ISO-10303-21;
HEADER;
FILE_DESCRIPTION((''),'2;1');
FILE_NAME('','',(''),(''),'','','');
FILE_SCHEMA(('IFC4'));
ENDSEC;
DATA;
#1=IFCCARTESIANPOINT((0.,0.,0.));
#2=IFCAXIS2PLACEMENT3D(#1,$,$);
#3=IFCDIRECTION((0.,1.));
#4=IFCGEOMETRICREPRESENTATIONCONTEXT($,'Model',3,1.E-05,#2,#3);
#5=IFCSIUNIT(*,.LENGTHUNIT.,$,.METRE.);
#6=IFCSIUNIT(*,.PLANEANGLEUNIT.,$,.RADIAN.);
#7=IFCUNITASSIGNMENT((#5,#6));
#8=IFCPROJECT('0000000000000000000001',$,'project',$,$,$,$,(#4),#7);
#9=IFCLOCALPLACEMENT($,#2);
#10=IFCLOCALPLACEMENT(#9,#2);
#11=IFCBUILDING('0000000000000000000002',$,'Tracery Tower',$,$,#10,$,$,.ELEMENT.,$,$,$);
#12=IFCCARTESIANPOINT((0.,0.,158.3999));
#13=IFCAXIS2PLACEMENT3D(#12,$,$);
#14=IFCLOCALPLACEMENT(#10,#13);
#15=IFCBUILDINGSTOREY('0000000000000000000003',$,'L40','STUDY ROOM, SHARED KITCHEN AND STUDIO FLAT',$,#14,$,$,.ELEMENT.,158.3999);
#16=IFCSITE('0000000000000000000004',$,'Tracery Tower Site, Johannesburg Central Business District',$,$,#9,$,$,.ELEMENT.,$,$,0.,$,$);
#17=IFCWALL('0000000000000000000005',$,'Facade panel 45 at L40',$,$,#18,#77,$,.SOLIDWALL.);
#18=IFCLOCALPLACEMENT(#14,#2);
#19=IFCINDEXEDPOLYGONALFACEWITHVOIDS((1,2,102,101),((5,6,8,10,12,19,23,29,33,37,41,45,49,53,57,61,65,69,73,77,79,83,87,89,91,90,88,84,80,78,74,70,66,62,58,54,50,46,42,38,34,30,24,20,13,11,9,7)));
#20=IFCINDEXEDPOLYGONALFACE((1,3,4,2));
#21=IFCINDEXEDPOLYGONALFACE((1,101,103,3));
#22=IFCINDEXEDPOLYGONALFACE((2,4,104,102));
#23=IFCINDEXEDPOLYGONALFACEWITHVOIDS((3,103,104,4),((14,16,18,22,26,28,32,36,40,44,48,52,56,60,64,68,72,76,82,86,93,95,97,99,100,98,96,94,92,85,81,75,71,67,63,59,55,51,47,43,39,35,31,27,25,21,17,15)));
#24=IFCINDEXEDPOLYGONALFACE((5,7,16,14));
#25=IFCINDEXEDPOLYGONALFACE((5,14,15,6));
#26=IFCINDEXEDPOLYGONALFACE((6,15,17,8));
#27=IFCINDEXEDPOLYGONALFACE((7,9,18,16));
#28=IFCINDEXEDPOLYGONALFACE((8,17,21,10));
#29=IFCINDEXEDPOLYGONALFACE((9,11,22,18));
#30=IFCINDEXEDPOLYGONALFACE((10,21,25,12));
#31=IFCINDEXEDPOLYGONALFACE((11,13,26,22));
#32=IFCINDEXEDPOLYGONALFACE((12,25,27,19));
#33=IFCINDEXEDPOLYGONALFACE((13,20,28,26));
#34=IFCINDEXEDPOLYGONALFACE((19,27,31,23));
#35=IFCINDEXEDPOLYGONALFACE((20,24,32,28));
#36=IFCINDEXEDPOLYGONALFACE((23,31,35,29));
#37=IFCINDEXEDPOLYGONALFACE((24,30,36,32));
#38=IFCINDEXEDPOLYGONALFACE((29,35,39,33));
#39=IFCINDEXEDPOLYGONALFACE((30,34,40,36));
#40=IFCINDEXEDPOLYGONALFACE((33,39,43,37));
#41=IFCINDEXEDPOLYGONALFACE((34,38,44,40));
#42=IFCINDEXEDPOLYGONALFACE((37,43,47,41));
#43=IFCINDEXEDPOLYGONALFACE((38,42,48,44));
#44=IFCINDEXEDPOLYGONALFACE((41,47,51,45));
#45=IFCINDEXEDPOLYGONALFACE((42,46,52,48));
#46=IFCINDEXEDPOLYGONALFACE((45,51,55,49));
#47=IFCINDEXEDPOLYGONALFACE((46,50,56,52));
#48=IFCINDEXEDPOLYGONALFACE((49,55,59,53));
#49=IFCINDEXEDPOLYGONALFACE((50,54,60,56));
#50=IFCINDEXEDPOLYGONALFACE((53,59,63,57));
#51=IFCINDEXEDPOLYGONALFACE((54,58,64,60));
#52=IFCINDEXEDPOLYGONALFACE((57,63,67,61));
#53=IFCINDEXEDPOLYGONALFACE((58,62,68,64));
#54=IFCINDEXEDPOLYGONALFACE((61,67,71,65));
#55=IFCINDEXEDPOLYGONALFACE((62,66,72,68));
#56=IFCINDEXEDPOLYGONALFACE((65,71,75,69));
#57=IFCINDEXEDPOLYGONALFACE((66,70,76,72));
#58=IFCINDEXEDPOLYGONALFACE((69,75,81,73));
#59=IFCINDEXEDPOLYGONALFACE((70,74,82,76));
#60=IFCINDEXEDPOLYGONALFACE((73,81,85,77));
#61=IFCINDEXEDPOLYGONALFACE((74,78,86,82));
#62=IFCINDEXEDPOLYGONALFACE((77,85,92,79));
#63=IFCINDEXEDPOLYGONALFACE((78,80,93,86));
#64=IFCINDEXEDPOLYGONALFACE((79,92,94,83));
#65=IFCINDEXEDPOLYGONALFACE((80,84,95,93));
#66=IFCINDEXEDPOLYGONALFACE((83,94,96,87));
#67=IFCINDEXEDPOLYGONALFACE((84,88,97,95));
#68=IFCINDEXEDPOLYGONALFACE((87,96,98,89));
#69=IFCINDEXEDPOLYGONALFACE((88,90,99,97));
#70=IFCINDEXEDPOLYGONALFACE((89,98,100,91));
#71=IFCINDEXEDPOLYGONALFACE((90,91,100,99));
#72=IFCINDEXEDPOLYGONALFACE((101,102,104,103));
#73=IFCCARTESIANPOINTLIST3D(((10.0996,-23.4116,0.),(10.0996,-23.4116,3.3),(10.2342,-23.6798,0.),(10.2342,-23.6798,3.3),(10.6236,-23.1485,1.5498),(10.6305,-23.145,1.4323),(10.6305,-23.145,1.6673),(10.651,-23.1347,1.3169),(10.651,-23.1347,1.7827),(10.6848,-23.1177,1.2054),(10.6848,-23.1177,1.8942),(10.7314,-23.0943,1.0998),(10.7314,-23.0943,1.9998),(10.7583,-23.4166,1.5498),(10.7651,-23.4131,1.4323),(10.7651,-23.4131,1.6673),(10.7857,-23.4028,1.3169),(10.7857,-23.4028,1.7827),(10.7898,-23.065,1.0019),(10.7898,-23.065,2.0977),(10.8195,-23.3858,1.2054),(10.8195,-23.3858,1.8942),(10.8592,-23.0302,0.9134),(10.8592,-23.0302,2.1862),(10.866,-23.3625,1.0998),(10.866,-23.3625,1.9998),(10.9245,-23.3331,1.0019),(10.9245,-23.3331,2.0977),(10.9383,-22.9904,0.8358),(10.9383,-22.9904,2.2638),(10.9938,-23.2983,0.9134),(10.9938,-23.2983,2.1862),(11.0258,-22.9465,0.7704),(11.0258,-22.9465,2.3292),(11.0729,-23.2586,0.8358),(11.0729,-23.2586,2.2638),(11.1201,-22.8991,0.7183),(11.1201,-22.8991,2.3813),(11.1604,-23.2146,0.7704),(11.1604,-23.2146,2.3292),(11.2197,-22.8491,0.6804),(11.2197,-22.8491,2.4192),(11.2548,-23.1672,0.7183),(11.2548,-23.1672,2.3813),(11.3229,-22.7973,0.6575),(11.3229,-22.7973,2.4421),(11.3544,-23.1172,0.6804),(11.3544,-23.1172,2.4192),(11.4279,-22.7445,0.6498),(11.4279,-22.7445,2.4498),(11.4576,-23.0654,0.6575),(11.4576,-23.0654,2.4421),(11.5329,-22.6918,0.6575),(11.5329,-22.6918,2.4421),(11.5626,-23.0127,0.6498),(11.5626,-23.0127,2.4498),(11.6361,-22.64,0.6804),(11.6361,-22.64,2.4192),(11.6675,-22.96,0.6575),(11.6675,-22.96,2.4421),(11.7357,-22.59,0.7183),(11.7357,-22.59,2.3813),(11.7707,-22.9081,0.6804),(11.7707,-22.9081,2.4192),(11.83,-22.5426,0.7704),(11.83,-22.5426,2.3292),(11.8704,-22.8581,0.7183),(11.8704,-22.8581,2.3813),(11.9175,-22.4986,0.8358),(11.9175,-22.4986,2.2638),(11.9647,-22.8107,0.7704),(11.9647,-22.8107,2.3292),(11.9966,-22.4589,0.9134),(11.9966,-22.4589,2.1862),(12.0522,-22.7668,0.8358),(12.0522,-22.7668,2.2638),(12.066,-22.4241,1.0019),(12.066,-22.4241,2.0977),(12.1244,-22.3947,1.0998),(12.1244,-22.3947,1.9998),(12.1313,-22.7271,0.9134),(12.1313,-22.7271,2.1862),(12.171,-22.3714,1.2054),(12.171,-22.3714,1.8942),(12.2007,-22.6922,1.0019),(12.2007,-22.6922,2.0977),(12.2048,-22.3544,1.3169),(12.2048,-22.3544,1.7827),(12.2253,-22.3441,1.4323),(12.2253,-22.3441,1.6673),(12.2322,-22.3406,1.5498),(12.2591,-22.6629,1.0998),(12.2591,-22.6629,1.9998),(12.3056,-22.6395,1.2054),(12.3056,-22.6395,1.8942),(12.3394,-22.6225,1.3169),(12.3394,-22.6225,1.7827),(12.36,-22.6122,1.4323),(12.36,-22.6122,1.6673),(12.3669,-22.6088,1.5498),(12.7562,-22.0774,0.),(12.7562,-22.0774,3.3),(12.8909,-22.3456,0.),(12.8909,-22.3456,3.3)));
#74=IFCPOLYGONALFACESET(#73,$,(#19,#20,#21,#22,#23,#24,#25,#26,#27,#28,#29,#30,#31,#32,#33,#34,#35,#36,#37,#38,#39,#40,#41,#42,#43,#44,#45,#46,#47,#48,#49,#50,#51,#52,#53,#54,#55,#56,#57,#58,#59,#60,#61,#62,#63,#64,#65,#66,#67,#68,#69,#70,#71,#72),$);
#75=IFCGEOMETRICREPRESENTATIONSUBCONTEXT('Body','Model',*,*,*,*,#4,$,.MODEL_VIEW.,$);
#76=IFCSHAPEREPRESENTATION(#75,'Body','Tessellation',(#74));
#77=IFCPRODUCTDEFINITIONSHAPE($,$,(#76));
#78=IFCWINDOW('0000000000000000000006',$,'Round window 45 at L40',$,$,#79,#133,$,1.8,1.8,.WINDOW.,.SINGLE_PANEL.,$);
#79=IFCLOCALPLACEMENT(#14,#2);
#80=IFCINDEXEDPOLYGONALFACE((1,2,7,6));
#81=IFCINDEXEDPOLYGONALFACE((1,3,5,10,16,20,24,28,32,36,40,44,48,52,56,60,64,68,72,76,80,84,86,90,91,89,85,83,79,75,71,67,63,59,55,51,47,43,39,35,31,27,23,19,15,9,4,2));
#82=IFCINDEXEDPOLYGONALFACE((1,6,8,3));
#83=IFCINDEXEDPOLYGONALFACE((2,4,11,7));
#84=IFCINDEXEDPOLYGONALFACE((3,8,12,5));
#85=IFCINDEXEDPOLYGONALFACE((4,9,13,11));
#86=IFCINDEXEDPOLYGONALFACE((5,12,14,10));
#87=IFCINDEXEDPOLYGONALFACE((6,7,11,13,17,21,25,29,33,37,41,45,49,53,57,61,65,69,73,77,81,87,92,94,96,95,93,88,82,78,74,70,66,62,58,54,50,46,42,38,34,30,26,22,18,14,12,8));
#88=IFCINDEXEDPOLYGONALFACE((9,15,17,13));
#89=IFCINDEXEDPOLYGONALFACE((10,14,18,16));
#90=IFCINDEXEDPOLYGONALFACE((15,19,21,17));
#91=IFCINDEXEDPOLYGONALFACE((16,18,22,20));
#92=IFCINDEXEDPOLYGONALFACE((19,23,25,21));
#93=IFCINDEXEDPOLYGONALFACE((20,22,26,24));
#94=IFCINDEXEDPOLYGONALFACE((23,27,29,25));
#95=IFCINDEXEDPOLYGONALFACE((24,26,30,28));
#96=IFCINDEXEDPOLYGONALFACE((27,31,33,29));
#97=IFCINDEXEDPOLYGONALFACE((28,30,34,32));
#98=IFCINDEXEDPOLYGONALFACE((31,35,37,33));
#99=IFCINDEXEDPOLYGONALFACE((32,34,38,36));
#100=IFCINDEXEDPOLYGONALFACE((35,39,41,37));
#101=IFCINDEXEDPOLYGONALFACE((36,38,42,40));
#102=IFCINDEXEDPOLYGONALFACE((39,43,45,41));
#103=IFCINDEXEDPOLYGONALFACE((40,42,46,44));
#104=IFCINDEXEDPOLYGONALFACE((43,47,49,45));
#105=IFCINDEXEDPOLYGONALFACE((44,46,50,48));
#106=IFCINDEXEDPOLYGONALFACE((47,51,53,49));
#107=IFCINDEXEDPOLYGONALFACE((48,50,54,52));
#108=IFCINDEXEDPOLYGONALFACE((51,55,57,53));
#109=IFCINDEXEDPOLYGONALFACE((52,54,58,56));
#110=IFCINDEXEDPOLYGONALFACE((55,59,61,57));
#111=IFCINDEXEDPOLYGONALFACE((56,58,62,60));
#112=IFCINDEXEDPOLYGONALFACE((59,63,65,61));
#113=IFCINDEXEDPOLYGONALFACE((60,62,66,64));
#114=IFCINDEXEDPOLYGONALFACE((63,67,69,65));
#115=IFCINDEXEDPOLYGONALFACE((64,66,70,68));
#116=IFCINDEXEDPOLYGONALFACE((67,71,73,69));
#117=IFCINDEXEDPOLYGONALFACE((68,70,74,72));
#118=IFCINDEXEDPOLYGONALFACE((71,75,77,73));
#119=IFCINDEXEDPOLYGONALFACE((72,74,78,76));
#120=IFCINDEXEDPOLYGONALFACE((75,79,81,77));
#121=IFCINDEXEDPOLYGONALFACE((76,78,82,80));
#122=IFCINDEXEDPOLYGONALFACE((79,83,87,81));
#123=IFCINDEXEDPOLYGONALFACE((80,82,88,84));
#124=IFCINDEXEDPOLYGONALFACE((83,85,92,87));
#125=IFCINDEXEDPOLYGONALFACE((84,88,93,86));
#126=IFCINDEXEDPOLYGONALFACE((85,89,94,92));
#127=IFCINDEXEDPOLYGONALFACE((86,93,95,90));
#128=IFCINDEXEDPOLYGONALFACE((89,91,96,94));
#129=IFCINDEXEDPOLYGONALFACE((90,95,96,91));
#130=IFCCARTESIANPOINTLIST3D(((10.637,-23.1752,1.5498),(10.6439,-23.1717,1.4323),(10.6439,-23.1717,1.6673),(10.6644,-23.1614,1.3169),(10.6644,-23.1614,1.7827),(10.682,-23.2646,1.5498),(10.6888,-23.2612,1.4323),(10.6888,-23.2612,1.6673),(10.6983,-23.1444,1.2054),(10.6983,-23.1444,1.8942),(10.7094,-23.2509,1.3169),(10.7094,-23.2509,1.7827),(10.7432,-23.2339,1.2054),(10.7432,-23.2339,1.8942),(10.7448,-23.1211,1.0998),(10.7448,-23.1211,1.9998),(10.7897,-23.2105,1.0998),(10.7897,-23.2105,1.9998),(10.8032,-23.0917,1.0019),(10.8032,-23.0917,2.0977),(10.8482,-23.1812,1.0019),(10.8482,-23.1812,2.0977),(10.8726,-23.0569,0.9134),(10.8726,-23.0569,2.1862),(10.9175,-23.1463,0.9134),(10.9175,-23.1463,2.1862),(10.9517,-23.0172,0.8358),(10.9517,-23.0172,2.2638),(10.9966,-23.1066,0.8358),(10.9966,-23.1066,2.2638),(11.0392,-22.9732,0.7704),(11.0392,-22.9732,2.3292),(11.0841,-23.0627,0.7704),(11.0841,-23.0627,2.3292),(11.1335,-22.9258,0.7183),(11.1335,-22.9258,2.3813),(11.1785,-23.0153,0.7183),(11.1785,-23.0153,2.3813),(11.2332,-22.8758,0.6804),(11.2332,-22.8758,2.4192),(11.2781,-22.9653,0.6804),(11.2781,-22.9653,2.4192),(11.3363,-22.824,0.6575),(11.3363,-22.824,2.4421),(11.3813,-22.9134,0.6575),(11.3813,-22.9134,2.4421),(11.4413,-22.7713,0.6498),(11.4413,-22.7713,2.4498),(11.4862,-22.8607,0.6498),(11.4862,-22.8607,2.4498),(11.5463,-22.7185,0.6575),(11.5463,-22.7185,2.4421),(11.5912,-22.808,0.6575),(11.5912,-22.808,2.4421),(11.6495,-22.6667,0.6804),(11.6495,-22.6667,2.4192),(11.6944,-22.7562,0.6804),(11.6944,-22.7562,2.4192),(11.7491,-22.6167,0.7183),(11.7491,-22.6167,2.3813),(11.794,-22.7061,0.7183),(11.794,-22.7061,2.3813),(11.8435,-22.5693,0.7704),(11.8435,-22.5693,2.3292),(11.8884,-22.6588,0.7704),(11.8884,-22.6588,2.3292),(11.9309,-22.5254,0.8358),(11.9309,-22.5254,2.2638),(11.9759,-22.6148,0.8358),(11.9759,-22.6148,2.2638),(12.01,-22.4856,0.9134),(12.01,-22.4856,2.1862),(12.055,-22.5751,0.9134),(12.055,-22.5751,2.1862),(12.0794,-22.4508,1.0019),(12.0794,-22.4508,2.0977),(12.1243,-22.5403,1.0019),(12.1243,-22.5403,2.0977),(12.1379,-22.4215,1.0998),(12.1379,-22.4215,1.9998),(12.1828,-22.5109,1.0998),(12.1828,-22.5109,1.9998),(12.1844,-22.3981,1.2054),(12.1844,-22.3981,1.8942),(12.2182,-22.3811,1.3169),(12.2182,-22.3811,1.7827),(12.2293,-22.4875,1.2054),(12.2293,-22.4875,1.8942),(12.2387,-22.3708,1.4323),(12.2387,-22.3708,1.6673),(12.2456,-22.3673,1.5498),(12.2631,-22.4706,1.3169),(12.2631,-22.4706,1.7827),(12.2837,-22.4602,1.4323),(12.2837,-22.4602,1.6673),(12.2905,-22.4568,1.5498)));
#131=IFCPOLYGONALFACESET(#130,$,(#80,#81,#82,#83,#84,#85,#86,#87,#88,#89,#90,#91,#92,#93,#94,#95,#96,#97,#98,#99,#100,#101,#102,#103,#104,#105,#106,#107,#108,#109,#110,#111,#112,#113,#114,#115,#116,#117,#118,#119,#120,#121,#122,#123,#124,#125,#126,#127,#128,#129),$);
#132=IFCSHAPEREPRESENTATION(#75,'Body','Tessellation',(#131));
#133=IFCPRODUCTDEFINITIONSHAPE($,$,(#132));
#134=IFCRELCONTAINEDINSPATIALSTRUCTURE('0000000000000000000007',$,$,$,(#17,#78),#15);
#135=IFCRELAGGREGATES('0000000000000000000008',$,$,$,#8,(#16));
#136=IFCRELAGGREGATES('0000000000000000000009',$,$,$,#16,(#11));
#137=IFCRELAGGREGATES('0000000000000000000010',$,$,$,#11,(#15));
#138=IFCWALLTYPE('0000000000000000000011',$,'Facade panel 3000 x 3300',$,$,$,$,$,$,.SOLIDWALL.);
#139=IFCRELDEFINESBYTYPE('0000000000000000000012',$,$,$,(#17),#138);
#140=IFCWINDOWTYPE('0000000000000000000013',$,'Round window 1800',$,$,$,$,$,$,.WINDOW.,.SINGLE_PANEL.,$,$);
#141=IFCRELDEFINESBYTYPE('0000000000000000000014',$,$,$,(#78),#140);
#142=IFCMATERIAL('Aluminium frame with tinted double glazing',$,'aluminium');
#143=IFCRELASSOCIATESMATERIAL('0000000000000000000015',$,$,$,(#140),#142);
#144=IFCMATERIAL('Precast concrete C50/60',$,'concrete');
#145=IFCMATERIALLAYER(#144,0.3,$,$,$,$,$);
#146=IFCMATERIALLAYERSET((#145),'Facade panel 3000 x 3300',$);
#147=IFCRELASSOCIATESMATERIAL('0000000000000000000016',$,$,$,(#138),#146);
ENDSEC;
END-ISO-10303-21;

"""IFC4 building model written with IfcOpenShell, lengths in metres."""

from ifc_helpers import new_model, si_unit, direction, frame, frame_2d, origin, origin_2d, place, context, subcontext, project, spatial, rectangle, circle, extrude, material, layer, layer_set, type_object, element, fill, save


model = new_model("IFC4")

# Units and contexts
model_context = context("Model", 3, precision=1e-05, world=origin(), true_north=direction((0.0, 1.0)))
body_context = subcontext(model_context, "Body", "Model", "MODEL_VIEW")
ifc_project = project(units=[si_unit("LENGTHUNIT", "METRE"), si_unit("PLANEANGLEUNIT", "RADIAN")], contexts=[model_context])

# Site, building, storey
site_placement = place(None, origin())
site = spatial("IfcSite", under=ifc_project, at=site_placement, Name="Tracery Tower Site, Johannesburg Central Business District", CompositionType="ELEMENT", RefElevation=0.0)
building_placement = place(site_placement, origin())
building = spatial("IfcBuilding", under=site, at=building_placement, Name="Tracery Tower", CompositionType="ELEMENT")
storey_placement = place(building_placement, frame((0.0, 0.0, 158.3999)))
storey = spatial("IfcBuildingStorey", under=building, at=storey_placement, Name="L40", Description="STUDY ROOM, SHARED KITCHEN AND STUDIO FLAT", CompositionType="ELEMENT", Elevation=158.3999)

# Wall, opening, window
ifc_material_1 = material(Name="Aluminium frame with tinted double glazing", Category="aluminium")
window_type = type_object("IfcWindowType", Name="Round window 1800", PartitioningType="SINGLE_PANEL", PredefinedType="WINDOW", material=ifc_material_1)
ifc_material_2 = material(Name="Precast concrete C50/60", Category="concrete")
ifc_layer_1 = layer(ifc_material_2, 0.3)
ifc_layer_set_1 = layer_set([ifc_layer_1], Name="Facade panel 3000 x 3300")
wall_type_1 = type_object("IfcWallType", Name="Facade panel 3000 x 3300", PredefinedType="SOLIDWALL", material=ifc_layer_set_1)
wall_1_placement = place(storey_placement, frame((10.167, -23.5457, 0.0), z_axis=(0.0, 0.0, 1.0), x_axis=(0.893637, 0.44879, 0.0)))
wall_1 = element("IfcWall", 1, at=wall_1_placement, inside=storey, type_object=wall_type_1, Name="Facade panel 45 at L40", PredefinedType="SOLIDWALL", context=body_context, shape_type="SweptSolid", body=[
    extrude(rectangle(XDim=2.9729, YDim=0.3, at=frame_2d((1.4863, 0.0))), origin(), (0.0, 0.0, 1.0), 3.3),
])
opening_1_placement = place(wall_1_placement, frame((1.4863, 0.0, 1.5498)))
opening_1 = element("IfcOpeningElement", 2, at=opening_1_placement, cuts=wall_1, PredefinedType="OPENING", context=body_context, shape_type="SweptSolid", body=[
    extrude(circle(Radius=0.9, at=origin_2d()), frame((0.0, 0.1599, 0.0), z_axis=(0.0, -1.0, 0.0), x_axis=(1.0, 0.0, 0.0)), (0.0, 0.0, 1.0), 0.3201),
])
window_1_placement = place(opening_1_placement, origin())
window_1 = element("IfcWindow", 3, at=window_1_placement, inside=storey, type_object=window_type, Name="Round window 45 at L40", OverallHeight=1.8, OverallWidth=1.8, PartitioningType="SINGLE_PANEL", PredefinedType="WINDOW", context=body_context, shape_type="SweptSolid", body=[
    extrude(circle(Radius=0.9, at=origin_2d()), frame((0.0, 0.1201, 0.0), z_axis=(0.0, -1.0, 0.0), x_axis=(1.0, 0.0, 0.0)), (0.0, 0.0, 1.0), 0.1001),
])
fill(opening_1, window_1)

save(model, "model.ifc")
